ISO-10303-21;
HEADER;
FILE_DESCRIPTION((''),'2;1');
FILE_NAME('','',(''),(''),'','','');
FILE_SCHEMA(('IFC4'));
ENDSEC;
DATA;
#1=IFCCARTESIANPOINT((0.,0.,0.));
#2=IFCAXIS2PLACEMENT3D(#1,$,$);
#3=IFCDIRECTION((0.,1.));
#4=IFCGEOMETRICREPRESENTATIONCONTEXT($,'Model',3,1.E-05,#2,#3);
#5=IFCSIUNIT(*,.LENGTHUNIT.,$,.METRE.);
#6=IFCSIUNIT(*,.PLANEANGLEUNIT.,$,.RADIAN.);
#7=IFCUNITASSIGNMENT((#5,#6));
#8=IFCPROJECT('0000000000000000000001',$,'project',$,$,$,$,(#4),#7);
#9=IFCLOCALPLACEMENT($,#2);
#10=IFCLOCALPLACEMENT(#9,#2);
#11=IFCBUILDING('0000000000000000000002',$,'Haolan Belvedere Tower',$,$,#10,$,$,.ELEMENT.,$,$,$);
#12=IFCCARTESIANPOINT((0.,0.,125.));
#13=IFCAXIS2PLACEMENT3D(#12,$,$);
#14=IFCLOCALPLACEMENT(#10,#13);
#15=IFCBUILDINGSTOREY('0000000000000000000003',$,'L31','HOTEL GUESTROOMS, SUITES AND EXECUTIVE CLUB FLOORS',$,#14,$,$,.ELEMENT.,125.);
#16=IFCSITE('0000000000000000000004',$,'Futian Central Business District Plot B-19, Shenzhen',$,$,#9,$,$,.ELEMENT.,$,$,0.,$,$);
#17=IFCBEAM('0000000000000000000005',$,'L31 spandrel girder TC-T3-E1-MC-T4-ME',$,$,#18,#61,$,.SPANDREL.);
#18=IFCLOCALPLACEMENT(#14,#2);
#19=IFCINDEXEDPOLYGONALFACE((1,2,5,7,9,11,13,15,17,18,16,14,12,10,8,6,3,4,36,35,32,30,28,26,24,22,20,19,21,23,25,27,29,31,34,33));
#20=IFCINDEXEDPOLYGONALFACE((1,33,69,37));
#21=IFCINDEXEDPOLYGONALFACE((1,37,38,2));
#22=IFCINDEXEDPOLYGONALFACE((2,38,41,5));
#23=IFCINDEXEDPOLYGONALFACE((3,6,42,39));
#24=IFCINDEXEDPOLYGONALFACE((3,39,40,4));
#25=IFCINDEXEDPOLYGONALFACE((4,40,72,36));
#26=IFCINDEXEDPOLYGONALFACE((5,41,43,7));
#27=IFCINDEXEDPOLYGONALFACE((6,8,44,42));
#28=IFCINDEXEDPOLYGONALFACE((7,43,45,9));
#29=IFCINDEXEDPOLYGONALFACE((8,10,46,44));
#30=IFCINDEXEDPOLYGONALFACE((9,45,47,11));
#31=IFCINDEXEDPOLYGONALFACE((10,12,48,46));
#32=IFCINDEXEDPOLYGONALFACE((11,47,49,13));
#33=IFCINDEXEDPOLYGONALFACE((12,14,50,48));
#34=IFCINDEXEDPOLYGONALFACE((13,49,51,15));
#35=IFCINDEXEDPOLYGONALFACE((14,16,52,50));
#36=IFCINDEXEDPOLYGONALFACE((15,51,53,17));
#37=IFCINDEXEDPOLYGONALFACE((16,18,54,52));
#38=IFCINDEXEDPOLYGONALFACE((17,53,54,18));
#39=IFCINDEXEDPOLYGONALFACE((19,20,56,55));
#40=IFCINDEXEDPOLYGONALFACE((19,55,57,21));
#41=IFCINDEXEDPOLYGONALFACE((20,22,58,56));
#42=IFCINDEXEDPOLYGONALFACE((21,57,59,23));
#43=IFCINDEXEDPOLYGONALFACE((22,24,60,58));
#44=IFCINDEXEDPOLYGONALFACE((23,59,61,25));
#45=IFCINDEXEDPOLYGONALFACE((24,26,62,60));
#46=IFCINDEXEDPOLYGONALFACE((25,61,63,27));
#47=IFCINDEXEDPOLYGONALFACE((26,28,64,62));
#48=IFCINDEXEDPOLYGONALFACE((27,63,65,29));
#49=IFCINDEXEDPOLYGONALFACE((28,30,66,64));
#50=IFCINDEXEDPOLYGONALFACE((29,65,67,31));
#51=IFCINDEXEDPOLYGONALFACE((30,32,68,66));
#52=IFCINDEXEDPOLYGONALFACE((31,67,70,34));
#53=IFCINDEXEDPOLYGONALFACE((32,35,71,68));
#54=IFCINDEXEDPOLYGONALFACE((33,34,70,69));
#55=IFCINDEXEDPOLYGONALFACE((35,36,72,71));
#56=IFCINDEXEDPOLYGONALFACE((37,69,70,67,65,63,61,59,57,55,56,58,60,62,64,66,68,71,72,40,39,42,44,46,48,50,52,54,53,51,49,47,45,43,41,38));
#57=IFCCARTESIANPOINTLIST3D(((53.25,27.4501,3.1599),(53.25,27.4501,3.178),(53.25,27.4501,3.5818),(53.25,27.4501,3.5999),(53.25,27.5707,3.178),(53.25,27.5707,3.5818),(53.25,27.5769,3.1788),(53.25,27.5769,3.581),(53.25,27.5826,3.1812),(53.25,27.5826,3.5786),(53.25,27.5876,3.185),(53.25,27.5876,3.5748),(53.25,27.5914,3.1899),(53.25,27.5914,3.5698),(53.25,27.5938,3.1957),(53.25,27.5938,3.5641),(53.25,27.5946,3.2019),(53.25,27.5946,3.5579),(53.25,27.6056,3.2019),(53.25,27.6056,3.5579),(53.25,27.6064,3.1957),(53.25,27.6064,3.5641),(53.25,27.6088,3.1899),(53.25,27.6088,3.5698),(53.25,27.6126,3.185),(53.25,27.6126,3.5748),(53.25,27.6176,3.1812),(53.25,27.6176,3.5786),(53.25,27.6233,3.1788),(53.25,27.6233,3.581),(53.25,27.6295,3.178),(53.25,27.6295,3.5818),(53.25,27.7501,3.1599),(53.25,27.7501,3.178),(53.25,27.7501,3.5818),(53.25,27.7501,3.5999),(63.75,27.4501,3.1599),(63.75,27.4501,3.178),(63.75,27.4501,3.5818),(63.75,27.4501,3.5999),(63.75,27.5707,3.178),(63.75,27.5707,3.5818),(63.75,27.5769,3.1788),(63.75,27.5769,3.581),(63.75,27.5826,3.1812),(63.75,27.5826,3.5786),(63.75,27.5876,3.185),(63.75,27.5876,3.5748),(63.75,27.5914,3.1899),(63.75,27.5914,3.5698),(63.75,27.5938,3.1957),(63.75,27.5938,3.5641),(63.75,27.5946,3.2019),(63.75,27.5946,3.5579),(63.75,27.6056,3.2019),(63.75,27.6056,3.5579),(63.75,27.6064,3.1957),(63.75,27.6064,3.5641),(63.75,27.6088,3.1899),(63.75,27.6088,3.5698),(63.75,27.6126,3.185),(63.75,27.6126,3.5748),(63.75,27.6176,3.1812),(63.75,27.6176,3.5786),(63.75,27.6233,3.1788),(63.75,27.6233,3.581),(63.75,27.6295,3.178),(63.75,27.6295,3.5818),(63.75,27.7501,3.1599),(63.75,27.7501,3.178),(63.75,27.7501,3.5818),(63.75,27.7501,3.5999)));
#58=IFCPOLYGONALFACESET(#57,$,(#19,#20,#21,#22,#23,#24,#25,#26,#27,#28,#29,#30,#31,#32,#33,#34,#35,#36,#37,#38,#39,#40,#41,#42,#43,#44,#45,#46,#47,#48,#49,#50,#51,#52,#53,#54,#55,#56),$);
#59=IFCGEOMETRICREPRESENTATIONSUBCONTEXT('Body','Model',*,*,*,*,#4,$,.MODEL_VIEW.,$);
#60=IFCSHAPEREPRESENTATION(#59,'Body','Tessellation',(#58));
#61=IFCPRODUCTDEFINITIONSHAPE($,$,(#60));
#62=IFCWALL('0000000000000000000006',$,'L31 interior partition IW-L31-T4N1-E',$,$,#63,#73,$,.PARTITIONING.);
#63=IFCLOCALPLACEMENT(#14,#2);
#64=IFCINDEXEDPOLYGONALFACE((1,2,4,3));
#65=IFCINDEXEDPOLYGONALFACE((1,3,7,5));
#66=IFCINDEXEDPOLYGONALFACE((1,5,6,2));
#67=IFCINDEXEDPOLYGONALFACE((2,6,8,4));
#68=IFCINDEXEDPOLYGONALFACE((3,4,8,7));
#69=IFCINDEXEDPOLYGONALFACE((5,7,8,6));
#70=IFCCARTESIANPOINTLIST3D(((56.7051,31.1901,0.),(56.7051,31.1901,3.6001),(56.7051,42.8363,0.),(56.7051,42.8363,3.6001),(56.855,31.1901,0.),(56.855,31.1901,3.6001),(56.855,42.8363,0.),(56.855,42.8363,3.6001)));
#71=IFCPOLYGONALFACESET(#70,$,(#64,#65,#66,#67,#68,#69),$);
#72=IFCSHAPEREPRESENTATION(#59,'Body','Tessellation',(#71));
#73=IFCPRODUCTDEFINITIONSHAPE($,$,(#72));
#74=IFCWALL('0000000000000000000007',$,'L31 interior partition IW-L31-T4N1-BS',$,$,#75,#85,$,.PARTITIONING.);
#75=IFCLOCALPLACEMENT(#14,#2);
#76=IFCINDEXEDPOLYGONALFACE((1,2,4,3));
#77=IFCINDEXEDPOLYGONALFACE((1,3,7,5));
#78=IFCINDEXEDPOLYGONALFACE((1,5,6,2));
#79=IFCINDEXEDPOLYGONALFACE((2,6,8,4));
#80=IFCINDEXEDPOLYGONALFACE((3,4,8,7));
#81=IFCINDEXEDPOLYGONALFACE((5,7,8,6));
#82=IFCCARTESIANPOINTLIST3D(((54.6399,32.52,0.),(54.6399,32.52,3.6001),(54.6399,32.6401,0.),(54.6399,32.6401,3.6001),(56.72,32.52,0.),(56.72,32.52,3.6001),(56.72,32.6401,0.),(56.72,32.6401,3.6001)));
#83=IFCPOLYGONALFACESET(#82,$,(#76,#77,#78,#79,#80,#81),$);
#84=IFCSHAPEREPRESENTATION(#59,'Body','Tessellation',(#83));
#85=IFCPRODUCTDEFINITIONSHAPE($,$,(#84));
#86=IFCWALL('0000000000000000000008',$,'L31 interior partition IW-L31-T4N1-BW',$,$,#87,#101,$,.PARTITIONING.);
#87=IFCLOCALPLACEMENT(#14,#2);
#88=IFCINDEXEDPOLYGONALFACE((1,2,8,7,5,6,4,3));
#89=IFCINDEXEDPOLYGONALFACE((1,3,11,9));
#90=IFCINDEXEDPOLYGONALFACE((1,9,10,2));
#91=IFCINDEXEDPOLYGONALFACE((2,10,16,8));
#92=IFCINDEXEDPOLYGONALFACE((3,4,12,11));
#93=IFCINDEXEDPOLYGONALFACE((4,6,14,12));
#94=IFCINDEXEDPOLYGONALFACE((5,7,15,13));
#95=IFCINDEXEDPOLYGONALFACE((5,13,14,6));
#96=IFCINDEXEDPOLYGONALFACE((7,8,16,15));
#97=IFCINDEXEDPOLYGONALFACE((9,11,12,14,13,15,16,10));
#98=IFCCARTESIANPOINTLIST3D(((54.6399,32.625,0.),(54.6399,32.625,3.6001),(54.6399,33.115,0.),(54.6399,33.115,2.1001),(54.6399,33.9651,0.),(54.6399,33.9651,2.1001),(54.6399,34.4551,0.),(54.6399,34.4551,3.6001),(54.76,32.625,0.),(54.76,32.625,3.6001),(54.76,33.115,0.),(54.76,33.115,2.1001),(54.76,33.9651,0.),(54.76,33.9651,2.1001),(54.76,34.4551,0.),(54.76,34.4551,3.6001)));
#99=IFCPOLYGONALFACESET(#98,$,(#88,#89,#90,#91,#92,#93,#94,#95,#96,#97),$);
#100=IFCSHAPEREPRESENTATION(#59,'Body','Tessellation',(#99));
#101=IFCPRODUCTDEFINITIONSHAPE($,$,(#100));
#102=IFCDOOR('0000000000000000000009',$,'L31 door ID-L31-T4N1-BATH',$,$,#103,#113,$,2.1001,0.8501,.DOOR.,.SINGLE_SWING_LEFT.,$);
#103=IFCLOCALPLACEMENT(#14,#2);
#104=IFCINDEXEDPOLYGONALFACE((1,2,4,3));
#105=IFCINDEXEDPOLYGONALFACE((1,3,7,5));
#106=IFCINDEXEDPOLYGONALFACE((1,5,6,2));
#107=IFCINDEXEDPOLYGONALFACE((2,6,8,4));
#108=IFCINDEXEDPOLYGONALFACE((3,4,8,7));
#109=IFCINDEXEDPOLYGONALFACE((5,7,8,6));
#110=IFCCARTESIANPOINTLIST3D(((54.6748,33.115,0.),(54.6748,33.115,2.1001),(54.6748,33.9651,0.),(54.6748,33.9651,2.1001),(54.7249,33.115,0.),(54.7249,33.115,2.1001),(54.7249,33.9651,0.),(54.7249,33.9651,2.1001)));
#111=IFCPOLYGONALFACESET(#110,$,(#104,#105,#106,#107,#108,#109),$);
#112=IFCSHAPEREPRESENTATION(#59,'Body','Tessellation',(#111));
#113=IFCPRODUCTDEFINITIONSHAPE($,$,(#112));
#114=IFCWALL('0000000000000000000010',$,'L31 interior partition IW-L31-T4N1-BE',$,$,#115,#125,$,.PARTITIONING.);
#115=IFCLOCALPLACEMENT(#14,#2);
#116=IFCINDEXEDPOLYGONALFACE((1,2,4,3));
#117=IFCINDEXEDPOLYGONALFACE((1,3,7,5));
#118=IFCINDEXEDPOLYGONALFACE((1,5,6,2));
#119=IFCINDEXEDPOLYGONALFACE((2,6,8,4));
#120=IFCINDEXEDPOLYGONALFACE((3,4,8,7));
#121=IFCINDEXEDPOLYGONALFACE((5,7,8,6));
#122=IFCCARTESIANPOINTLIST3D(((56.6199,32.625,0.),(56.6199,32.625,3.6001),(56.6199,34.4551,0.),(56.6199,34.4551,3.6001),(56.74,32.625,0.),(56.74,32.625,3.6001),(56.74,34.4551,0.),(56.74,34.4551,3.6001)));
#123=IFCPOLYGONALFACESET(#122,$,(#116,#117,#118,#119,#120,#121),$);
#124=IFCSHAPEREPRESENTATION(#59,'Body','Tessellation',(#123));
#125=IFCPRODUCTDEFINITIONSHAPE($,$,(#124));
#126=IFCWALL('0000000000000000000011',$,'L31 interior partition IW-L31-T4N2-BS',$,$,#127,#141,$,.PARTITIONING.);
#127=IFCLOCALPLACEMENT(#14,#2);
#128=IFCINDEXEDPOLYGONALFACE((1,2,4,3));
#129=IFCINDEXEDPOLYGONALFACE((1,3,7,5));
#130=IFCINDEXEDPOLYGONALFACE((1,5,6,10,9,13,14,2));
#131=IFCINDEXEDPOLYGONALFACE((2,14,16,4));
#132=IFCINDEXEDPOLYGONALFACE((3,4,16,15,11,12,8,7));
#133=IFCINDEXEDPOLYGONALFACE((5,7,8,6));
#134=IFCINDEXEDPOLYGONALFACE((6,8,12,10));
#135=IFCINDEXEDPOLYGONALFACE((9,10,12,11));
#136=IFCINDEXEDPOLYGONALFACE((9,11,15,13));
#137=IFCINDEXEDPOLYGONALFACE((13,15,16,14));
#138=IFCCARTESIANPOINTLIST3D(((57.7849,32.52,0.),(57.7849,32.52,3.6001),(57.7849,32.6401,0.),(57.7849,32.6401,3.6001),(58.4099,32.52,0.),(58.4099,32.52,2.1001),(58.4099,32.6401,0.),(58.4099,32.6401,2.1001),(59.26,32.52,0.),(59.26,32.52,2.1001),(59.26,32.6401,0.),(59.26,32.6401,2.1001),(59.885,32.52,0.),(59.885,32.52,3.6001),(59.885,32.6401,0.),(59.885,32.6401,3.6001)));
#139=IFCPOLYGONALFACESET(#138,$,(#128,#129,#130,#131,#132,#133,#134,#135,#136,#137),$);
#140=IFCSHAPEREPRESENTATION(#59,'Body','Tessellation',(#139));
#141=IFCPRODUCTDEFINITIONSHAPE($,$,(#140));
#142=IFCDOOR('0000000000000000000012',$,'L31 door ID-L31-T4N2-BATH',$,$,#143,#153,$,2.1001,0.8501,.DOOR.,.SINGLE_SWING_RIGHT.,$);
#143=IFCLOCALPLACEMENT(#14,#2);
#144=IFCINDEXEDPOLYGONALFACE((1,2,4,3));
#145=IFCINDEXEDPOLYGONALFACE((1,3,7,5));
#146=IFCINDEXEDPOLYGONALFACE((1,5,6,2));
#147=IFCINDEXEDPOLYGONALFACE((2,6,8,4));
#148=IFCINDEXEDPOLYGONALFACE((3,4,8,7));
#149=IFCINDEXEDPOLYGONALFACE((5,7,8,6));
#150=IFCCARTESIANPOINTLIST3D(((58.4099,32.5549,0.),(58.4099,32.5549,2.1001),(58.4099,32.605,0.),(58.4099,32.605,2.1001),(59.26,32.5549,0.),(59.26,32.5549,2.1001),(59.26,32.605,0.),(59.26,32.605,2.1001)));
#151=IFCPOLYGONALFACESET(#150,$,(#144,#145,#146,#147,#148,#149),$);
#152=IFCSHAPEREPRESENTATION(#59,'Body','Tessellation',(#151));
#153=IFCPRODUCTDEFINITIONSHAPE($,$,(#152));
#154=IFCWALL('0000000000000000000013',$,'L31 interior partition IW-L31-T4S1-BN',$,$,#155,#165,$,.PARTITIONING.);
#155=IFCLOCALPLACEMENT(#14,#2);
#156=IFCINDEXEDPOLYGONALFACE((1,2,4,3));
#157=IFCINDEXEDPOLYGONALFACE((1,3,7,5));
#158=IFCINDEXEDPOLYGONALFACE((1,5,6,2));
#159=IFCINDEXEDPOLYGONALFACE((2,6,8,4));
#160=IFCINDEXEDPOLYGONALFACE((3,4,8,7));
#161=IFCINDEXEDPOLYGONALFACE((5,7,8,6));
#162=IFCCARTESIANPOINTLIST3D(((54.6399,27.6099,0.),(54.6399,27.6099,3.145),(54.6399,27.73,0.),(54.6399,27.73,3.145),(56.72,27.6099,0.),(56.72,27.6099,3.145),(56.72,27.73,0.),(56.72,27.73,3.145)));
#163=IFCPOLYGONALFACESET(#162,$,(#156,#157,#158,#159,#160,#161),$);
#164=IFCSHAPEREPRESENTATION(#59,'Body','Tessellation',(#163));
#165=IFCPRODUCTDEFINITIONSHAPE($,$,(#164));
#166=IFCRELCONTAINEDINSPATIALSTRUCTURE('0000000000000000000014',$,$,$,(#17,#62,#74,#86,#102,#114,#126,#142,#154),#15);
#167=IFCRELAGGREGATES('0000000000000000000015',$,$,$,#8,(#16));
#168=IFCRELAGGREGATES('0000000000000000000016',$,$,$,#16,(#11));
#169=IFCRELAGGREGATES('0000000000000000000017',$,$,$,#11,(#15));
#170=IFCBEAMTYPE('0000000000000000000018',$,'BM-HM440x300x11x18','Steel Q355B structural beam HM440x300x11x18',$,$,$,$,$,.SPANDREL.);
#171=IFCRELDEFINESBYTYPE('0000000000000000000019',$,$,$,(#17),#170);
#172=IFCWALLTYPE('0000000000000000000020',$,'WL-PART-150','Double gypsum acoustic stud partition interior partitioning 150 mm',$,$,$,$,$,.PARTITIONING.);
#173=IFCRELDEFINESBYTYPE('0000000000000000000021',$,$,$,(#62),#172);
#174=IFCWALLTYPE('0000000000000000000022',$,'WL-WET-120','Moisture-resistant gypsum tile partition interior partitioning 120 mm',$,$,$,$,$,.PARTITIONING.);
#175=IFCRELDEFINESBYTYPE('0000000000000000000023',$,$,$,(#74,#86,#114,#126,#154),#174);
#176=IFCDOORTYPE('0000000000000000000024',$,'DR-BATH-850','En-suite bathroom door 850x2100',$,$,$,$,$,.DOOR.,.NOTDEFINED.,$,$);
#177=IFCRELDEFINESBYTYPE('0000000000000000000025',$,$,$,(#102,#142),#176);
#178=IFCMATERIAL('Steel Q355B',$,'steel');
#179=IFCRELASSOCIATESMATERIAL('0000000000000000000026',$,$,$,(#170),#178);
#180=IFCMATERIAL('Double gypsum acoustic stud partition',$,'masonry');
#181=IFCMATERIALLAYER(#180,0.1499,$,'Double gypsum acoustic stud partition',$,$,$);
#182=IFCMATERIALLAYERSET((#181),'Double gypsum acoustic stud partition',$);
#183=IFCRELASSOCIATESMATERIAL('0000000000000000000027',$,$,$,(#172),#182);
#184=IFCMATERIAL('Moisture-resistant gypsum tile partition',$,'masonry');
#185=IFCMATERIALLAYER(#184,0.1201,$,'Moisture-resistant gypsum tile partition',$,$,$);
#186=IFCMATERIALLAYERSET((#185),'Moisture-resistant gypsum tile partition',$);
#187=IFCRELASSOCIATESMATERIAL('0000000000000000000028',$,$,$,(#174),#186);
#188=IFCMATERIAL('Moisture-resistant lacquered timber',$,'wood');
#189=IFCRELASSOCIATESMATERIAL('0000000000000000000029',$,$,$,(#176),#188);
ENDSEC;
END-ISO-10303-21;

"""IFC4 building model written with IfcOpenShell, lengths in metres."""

from ifc_helpers import new_model, si_unit, direction, frame, frame_2d, origin, origin_2d, place, context, subcontext, project, spatial, rectangle, i_section, extrude, material, layer, layer_set, material_profile, profile_set, type_object, element, fill, save


model = new_model("IFC4")

# Units and contexts
model_context = context("Model", 3, precision=1e-05, world=origin(), true_north=direction((0.0, 1.0)))
body_context = subcontext(model_context, "Body", "Model", "MODEL_VIEW")
ifc_project = project(units=[si_unit("LENGTHUNIT", "METRE"), si_unit("PLANEANGLEUNIT", "RADIAN")], contexts=[model_context])

# Site, building, storey
site_placement = place(None, origin())
site = spatial("IfcSite", under=ifc_project, at=site_placement, Name="Futian Central Business District Plot B-19, Shenzhen", CompositionType="ELEMENT", RefElevation=0.0)
building_placement = place(site_placement, origin())
building = spatial("IfcBuilding", under=site, at=building_placement, Name="Haolan Belvedere Tower", CompositionType="ELEMENT")
storey_placement = place(building_placement, frame((0.0, 0.0, 125.0)))
storey = spatial("IfcBuildingStorey", under=building, at=storey_placement, Name="L31", Description="HOTEL GUESTROOMS, SUITES AND EXECUTIVE CLUB FLOORS", CompositionType="ELEMENT", Elevation=125.0)

# Beam
ifc_material_1 = material(Name="Steel Q355B", Category="steel")
ifc_material_profile = material_profile(ifc_material_1, i_section(OverallWidth=0.3, OverallDepth=0.4399, WebThickness=0.011, FlangeThickness=0.0181, FilletRadius=0.0239, at=origin_2d()), Name="Steel Q355B")
ifc_profile_set = profile_set([ifc_material_profile], Name="Steel Q355B")
beam_type = type_object("IfcBeamType", Name="BM-HM440x300x11x18", Description="Steel Q355B structural beam HM440x300x11x18", PredefinedType="SPANDREL", material=ifc_profile_set)
beam_placement = place(storey_placement, frame((53.25, 27.6001, 3.3799), z_axis=(1.0, 0.0, 0.0), x_axis=(0.0, 1.0, 0.0)))
element("IfcBeam", 1, at=beam_placement, inside=storey, type_object=beam_type, Name="L31 spandrel girder TC-T3-E1-MC-T4-ME", PredefinedType="SPANDREL", context=body_context, shape_type="SweptSolid", body=[
    extrude(i_section(OverallWidth=0.3, OverallDepth=0.4399, WebThickness=0.011, FlangeThickness=0.0181, FilletRadius=0.0239, at=origin_2d()), origin(), (0.0, 0.0, 1.0), 10.5),
])

# Wall
ifc_material_2 = material(Name="Double gypsum acoustic stud partition", Category="masonry")
ifc_layer_1 = layer(ifc_material_2, 0.1499, Name="Double gypsum acoustic stud partition")
ifc_layer_set_1 = layer_set([ifc_layer_1], Name="Double gypsum acoustic stud partition")
wall_type_1 = type_object("IfcWallType", Name="WL-PART-150", Description="Double gypsum acoustic stud partition interior partitioning 150 mm", PredefinedType="PARTITIONING", material=ifc_layer_set_1)
wall_1_placement = place(storey_placement, frame((56.78, 31.1899, 0.0), z_axis=(0.0, 0.0, 1.0), x_axis=(0.0, 1.0, 0.0)))
element("IfcWall", 2, at=wall_1_placement, inside=storey, type_object=wall_type_1, Name="L31 interior partition IW-L31-T4N1-E", PredefinedType="PARTITIONING", context=body_context, shape_type="SweptSolid", body=[
    extrude(rectangle(XDim=11.6462, YDim=0.1499, at=frame_2d((5.8232, 0.0))), origin(), (0.0, 0.0, 1.0), 3.6001),
])

# Wall
ifc_material_3 = material(Name="Moisture-resistant gypsum tile partition", Category="masonry")
ifc_layer_2 = layer(ifc_material_3, 0.1201, Name="Moisture-resistant gypsum tile partition")
ifc_layer_set_2 = layer_set([ifc_layer_2], Name="Moisture-resistant gypsum tile partition")
wall_type_2 = type_object("IfcWallType", Name="WL-WET-120", Description="Moisture-resistant gypsum tile partition interior partitioning 120 mm", PredefinedType="PARTITIONING", material=ifc_layer_set_2)
wall_2_placement = place(storey_placement, frame((54.6399, 32.5801, 0.0), z_axis=(0.0, 0.0, 1.0), x_axis=(1.0, 0.0, 0.0)))
element("IfcWall", 3, at=wall_2_placement, inside=storey, type_object=wall_type_2, Name="L31 interior partition IW-L31-T4N1-BS", PredefinedType="PARTITIONING", context=body_context, shape_type="SweptSolid", body=[
    extrude(rectangle(XDim=2.0801, YDim=0.1201, at=frame_2d((1.04, 0.0))), origin(), (0.0, 0.0, 1.0), 3.6001),
])

# Wall, opening, door
wall_3_placement = place(storey_placement, frame((54.7, 32.625, 0.0), z_axis=(0.0, 0.0, 1.0), x_axis=(0.0, 1.0, 0.0)))
wall_3 = element("IfcWall", 4, at=wall_3_placement, inside=storey, type_object=wall_type_2, Name="L31 interior partition IW-L31-T4N1-BW", PredefinedType="PARTITIONING", context=body_context, shape_type="SweptSolid", body=[
    extrude(rectangle(XDim=1.8301, YDim=0.1201, at=frame_2d((0.915, 0.0))), origin(), (0.0, 0.0, 1.0), 3.6001),
])
opening_1_placement = place(wall_3_placement, frame((1.3401, 0.0, 0.0), z_axis=(0.0, 0.0, 1.0), x_axis=(-1.0, 0.0, 0.0)))
opening_1 = element("IfcOpeningElement", 5, at=opening_1_placement, cuts=wall_3, PredefinedType="OPENING", context=body_context, shape_type="SweptSolid", body=[
    extrude(rectangle(XDim=0.8501, YDim=2.1001, at=frame_2d((0.425, 1.05))), frame((0.0, 0.0701, 0.0), z_axis=(0.0, -1.0, 0.0), x_axis=(1.0, 0.0, 0.0)), (0.0, 0.0, 1.0), 0.1401),
])
ifc_material_4 = material(Name="Moisture-resistant lacquered timber", Category="wood")
door_type_1 = type_object("IfcDoorType", Name="DR-BATH-850", Description="En-suite bathroom door 850x2100", OperationType="NOTDEFINED", PredefinedType="DOOR", material=ifc_material_4)
door_1_placement = place(opening_1_placement, origin())
door_1 = element("IfcDoor", 6, at=door_1_placement, inside=storey, type_object=door_type_1, Name="L31 door ID-L31-T4N1-BATH", OperationType="SINGLE_SWING_LEFT", OverallHeight=2.1001, OverallWidth=0.8501, PredefinedType="DOOR", context=body_context, shape_type="SweptSolid", body=[
    extrude(rectangle(XDim=0.8501, YDim=2.1001, at=frame_2d((0.425, 1.05))), frame((0.0, 0.0249, 0.0), z_axis=(0.0, -1.0, 0.0), x_axis=(1.0, 0.0, 0.0)), (0.0, 0.0, 1.0), 0.05),
])
fill(opening_1, door_1)

# Wall
wall_4_placement = place(storey_placement, frame((56.6799, 32.625, 0.0), z_axis=(0.0, 0.0, 1.0), x_axis=(0.0, 1.0, 0.0)))
element("IfcWall", 7, at=wall_4_placement, inside=storey, type_object=wall_type_2, Name="L31 interior partition IW-L31-T4N1-BE", PredefinedType="PARTITIONING", context=body_context, shape_type="SweptSolid", body=[
    extrude(rectangle(XDim=1.8301, YDim=0.1201, at=frame_2d((0.915, 0.0))), origin(), (0.0, 0.0, 1.0), 3.6001),
])

# Wall, opening, door
wall_5_placement = place(storey_placement, frame((57.7849, 32.5801, 0.0), z_axis=(0.0, 0.0, 1.0), x_axis=(1.0, 0.0, 0.0)))
wall_5 = element("IfcWall", 8, at=wall_5_placement, inside=storey, type_object=wall_type_2, Name="L31 interior partition IW-L31-T4N2-BS", PredefinedType="PARTITIONING", context=body_context, shape_type="SweptSolid", body=[
    extrude(rectangle(XDim=2.1001, YDim=0.1201, at=frame_2d((1.05, 0.0))), origin(), (0.0, 0.0, 1.0), 3.6001),
])
opening_2_placement = place(wall_5_placement, frame((0.625, 0.0, 0.0)))
opening_2 = element("IfcOpeningElement", 9, at=opening_2_placement, cuts=wall_5, PredefinedType="OPENING", context=body_context, shape_type="SweptSolid", body=[
    extrude(rectangle(XDim=0.8501, YDim=2.1001, at=frame_2d((0.425, 1.05))), frame((0.0, 0.0701, 0.0), z_axis=(0.0, -1.0, 0.0), x_axis=(1.0, 0.0, 0.0)), (0.0, 0.0, 1.0), 0.1401),
])
door_2_placement = place(opening_2_placement, origin())
door_2 = element("IfcDoor", 10, at=door_2_placement, inside=storey, type_object=door_type_1, Name="L31 door ID-L31-T4N2-BATH", OperationType="SINGLE_SWING_RIGHT", OverallHeight=2.1001, OverallWidth=0.8501, PredefinedType="DOOR", context=body_context, shape_type="SweptSolid", body=[
    extrude(rectangle(XDim=0.8501, YDim=2.1001, at=frame_2d((0.425, 1.05))), frame((0.0, 0.0249, 0.0), z_axis=(0.0, -1.0, 0.0), x_axis=(1.0, 0.0, 0.0)), (0.0, 0.0, 1.0), 0.05),
])
fill(opening_2, door_2)

# Wall
wall_6_placement = place(storey_placement, frame((54.6399, 27.6699, 0.0), z_axis=(0.0, 0.0, 1.0), x_axis=(1.0, 0.0, 0.0)))
element("IfcWall", 11, at=wall_6_placement, inside=storey, type_object=wall_type_2, Name="L31 interior partition IW-L31-T4S1-BN", PredefinedType="PARTITIONING", context=body_context, shape_type="SweptSolid", body=[
    extrude(rectangle(XDim=2.0801, YDim=0.1201, at=frame_2d((1.04, 0.0))), origin(), (0.0, 0.0, 1.0), 3.145),
])

save(model, "model.ifc")
